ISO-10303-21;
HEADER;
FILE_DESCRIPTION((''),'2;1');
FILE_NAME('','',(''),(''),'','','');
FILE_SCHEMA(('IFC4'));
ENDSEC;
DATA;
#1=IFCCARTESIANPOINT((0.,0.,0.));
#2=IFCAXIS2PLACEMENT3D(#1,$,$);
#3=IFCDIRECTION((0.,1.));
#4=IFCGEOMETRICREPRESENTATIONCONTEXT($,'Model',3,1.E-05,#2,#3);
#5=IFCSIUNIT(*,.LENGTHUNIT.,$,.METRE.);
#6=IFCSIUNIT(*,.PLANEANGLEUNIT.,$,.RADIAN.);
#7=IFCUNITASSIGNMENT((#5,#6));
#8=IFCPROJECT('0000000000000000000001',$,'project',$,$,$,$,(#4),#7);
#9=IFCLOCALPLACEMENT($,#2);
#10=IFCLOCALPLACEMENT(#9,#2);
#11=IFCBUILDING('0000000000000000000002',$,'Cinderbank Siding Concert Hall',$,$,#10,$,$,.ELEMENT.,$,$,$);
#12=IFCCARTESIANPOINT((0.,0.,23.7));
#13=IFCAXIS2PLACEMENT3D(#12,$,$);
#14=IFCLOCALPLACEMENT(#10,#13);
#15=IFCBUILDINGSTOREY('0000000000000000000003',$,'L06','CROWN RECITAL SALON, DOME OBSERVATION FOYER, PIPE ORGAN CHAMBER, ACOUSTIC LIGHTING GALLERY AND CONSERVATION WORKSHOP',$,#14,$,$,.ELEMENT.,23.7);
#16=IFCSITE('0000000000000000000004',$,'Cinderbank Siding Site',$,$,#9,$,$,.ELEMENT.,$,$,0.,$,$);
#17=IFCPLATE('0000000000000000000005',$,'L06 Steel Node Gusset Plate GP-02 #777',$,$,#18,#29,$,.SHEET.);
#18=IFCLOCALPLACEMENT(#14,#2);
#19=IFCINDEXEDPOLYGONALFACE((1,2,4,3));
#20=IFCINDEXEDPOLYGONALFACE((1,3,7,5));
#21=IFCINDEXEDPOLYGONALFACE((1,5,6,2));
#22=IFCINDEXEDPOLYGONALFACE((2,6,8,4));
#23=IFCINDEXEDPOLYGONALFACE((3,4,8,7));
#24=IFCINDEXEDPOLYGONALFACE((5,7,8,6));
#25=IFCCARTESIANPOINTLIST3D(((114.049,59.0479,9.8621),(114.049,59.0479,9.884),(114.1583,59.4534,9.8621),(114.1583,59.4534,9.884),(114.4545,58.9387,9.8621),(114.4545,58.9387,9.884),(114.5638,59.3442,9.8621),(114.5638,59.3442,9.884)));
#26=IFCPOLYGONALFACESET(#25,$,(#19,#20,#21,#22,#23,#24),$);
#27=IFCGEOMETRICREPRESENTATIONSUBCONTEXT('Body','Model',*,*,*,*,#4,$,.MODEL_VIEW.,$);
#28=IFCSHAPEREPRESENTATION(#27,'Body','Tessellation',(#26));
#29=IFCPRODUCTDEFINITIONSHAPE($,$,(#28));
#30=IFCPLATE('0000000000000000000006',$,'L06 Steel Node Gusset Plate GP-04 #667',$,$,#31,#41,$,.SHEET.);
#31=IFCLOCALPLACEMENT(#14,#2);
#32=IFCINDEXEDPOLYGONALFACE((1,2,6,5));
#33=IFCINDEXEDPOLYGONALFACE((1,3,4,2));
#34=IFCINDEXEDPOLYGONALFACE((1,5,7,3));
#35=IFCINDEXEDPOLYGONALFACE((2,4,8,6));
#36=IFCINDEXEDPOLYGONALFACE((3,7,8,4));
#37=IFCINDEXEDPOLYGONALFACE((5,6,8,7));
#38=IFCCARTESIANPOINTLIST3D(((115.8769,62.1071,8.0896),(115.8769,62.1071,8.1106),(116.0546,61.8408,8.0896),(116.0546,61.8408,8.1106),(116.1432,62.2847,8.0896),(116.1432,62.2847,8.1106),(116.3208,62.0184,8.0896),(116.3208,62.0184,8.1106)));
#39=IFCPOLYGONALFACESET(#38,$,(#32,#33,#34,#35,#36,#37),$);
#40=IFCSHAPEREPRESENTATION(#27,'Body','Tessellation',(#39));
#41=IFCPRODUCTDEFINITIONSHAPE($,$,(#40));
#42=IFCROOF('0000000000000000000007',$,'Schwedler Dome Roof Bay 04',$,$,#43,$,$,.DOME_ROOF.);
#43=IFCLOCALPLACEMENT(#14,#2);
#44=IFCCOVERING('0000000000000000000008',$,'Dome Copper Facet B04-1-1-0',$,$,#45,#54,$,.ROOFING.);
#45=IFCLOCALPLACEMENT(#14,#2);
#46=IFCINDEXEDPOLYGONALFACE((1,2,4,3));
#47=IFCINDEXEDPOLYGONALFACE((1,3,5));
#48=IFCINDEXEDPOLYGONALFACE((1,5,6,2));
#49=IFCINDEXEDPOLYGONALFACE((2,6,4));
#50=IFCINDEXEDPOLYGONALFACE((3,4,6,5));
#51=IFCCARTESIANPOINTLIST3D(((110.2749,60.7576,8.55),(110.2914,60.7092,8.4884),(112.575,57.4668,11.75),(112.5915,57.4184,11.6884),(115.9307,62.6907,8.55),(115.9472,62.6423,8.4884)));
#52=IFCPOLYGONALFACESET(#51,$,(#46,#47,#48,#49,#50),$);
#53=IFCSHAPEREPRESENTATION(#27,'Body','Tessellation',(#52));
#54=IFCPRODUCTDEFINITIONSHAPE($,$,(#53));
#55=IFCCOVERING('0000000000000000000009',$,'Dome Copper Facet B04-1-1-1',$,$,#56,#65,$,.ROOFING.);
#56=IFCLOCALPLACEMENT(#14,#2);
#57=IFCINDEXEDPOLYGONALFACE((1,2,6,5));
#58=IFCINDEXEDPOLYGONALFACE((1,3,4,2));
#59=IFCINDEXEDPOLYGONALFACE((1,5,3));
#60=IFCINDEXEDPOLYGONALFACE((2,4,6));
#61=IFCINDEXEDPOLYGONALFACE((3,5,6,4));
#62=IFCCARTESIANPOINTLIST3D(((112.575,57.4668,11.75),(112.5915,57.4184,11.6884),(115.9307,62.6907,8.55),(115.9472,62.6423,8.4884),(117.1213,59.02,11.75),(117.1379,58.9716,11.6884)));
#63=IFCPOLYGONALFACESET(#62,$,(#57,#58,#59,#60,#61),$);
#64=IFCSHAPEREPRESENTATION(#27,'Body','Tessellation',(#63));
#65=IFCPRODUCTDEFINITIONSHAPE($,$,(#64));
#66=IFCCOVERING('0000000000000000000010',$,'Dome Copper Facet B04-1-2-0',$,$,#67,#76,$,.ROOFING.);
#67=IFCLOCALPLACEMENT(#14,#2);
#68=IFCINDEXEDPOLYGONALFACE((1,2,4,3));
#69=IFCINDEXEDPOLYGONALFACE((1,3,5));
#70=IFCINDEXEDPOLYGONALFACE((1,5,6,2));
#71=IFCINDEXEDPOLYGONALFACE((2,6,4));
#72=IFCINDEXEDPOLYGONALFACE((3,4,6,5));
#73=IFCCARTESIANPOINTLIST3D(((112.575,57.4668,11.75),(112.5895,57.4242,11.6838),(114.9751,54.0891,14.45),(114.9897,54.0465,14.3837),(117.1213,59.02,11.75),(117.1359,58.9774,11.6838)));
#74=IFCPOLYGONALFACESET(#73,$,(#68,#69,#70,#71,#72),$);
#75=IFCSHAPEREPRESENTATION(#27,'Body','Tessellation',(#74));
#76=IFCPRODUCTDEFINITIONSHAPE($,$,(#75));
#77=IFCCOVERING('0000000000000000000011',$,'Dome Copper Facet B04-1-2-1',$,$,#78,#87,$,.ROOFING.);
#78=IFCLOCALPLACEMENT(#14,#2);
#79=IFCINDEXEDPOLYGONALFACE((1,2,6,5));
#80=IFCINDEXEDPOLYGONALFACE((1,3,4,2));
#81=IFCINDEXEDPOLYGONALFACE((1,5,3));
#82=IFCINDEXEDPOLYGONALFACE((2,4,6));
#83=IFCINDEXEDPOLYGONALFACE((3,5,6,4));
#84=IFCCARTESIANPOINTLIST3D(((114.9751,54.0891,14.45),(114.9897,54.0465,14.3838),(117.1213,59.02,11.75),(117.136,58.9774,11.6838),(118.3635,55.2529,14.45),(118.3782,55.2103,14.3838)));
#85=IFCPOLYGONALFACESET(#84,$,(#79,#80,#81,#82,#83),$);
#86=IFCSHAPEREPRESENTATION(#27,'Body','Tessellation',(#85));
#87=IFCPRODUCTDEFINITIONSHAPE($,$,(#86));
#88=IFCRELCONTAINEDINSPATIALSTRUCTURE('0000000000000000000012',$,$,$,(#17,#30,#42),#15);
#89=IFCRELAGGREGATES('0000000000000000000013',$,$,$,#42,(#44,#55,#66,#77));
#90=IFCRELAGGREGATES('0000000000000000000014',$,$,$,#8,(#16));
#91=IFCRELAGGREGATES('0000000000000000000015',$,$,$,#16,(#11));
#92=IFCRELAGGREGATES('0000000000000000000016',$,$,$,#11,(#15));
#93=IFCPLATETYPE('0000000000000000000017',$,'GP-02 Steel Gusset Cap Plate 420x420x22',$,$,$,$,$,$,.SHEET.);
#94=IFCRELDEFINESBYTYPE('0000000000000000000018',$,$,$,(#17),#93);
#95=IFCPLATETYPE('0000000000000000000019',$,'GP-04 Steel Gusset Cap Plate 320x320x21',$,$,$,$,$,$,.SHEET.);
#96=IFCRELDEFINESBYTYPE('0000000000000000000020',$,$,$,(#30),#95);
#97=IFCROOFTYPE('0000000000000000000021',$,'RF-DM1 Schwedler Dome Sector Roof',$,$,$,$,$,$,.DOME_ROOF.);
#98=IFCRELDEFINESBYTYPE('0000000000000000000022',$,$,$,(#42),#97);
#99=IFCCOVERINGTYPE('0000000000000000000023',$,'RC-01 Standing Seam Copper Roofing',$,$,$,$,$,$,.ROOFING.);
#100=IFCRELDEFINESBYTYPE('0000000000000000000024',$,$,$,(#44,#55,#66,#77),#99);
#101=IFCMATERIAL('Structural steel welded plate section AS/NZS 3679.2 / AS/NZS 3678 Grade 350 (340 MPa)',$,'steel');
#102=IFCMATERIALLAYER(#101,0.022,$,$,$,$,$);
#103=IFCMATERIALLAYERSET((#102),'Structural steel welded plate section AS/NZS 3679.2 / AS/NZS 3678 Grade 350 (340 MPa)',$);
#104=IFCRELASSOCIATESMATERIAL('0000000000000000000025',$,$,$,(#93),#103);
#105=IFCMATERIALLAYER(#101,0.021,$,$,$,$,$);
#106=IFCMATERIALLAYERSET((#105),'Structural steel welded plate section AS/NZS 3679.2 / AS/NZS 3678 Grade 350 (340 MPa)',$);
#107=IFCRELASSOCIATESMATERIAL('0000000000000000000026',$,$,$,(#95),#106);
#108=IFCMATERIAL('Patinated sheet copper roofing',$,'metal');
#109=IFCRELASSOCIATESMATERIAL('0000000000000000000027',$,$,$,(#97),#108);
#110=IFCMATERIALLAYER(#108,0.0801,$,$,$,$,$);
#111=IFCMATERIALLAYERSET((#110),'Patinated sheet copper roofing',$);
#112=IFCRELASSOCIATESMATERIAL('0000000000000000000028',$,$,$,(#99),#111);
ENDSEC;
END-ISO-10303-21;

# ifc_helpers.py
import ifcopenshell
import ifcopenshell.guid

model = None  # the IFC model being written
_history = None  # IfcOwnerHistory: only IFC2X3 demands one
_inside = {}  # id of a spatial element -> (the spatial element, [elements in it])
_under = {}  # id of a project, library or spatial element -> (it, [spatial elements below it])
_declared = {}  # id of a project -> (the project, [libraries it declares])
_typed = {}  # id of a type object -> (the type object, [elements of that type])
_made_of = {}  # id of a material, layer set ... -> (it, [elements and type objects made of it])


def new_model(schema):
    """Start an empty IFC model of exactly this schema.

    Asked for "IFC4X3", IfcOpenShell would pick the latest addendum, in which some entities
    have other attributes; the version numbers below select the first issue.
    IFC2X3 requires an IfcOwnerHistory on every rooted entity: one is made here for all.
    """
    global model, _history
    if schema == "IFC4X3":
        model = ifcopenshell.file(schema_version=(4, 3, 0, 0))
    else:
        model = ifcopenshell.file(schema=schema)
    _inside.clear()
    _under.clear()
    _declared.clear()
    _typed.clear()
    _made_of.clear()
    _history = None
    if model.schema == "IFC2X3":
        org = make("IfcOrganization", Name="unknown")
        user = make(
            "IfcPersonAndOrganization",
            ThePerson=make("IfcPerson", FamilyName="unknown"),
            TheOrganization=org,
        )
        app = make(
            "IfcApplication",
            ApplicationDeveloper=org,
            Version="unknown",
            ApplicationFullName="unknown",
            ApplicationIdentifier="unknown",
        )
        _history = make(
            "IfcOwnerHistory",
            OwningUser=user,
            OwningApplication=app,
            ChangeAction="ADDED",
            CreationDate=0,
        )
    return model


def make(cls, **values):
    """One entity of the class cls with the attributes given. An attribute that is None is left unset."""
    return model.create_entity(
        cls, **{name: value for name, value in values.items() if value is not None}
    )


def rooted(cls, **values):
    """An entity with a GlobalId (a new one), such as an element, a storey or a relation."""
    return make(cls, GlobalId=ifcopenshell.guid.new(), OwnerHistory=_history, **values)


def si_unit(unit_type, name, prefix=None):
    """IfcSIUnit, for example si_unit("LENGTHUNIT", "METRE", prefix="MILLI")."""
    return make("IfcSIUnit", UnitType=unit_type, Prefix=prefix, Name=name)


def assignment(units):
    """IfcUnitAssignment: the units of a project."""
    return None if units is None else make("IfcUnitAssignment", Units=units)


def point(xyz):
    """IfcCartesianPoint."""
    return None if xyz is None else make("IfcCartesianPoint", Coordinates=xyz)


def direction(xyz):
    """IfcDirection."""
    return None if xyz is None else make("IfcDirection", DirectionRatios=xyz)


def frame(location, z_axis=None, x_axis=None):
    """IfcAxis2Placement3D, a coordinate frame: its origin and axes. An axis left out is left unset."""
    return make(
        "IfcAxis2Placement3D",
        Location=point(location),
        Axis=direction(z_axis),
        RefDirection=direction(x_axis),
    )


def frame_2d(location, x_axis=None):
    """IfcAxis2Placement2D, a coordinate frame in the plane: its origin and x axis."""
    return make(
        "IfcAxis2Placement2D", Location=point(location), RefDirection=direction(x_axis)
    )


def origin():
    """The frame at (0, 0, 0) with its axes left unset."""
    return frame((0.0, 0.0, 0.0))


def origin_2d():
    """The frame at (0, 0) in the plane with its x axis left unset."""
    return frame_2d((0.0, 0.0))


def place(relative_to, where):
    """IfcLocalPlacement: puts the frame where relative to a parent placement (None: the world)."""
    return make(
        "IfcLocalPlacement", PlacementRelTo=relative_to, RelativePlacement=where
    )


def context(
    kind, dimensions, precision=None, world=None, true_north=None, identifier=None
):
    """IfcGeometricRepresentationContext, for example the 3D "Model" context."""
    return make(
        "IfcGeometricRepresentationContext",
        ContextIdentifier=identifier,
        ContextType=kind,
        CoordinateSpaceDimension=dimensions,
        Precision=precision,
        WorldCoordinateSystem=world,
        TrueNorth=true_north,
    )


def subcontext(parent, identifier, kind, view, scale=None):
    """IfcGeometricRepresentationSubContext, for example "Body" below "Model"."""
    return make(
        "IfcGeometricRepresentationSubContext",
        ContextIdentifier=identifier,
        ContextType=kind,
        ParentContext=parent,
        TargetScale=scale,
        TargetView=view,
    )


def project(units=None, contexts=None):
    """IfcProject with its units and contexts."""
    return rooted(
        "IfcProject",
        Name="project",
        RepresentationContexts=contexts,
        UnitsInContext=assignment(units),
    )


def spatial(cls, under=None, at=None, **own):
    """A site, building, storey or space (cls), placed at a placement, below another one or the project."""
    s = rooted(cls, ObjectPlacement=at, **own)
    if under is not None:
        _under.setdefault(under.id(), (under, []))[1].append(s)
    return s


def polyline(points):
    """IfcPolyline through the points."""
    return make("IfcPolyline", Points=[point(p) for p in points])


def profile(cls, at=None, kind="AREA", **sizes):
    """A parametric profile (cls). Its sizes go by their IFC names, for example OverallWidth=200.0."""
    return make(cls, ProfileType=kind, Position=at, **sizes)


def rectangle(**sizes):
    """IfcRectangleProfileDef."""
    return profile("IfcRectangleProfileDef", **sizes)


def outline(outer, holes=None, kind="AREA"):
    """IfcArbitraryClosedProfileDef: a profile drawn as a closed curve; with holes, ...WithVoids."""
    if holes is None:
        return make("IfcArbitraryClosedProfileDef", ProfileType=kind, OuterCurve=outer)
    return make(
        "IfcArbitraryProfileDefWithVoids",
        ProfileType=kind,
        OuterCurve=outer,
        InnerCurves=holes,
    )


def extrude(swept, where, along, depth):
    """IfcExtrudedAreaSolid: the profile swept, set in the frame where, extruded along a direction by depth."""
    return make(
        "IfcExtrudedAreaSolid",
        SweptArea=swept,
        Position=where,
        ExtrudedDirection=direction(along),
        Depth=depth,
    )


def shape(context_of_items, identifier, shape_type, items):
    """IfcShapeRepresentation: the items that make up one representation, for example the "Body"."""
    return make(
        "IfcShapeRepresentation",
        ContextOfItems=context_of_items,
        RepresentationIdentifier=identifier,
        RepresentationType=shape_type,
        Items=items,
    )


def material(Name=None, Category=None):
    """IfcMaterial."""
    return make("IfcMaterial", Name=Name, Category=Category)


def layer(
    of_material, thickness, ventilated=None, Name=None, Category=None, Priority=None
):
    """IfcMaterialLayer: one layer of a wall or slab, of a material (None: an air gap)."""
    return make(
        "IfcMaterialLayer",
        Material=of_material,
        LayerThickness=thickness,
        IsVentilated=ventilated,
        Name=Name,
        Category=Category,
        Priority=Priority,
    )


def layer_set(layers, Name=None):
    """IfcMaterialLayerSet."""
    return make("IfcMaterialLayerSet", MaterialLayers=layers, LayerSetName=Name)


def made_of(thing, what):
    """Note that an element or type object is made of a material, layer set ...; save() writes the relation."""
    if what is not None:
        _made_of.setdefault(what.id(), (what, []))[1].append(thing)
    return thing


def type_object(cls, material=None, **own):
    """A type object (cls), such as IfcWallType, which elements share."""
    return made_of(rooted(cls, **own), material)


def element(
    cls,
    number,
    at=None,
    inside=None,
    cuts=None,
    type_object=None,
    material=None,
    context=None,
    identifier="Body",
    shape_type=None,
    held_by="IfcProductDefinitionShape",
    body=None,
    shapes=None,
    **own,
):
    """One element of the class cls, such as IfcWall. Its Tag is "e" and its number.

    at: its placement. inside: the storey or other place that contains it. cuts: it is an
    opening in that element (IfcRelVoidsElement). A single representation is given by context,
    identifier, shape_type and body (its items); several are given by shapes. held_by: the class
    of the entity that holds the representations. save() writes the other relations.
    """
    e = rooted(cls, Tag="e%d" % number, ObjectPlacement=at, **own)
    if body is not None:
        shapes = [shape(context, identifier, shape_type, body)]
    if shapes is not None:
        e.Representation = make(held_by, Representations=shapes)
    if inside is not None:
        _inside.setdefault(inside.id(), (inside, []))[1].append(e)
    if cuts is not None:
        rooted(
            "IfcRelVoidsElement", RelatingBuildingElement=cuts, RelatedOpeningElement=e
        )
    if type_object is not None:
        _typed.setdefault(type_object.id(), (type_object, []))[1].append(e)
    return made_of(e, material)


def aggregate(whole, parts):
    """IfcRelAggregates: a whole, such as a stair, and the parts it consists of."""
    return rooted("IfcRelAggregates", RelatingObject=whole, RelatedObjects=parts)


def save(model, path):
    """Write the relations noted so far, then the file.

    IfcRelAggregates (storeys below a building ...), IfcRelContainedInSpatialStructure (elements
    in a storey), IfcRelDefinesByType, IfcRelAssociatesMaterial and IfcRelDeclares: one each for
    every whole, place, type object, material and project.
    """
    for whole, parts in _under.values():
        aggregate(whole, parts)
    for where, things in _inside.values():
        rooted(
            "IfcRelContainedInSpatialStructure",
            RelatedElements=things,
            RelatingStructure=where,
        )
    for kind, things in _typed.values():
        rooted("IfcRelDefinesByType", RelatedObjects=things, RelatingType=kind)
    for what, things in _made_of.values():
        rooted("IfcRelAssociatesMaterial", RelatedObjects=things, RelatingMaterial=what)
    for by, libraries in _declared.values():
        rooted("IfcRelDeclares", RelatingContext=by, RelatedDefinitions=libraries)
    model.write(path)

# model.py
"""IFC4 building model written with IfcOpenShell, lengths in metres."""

from ifc_helpers import new_model, si_unit, direction, frame, origin, origin_2d, place, context, subcontext, project, spatial, polyline, rectangle, outline, extrude, material, layer, layer_set, type_object, element, aggregate, save


model = new_model("IFC4")

# Units and contexts
model_context = context("Model", 3, precision=1e-05, world=origin(), true_north=direction((0.0, 1.0)))
body_context = subcontext(model_context, "Body", "Model", "MODEL_VIEW")
ifc_project = project(units=[si_unit("LENGTHUNIT", "METRE"), si_unit("PLANEANGLEUNIT", "RADIAN")], contexts=[model_context])

# Site, building, storey
site_placement = place(None, origin())
site = spatial("IfcSite", under=ifc_project, at=site_placement, Name="Cinderbank Siding Site", CompositionType="ELEMENT", RefElevation=0.0)
building_placement = place(site_placement, origin())
building = spatial("IfcBuilding", under=site, at=building_placement, Name="Cinderbank Siding Concert Hall", CompositionType="ELEMENT")
storey_placement = place(building_placement, frame((0.0, 0.0, 23.7)))
storey = spatial("IfcBuildingStorey", under=building, at=storey_placement, Name="L06", Description="CROWN RECITAL SALON, DOME OBSERVATION FOYER, PIPE ORGAN CHAMBER, ACOUSTIC LIGHTING GALLERY AND CONSERVATION WORKSHOP", CompositionType="ELEMENT", Elevation=23.7)

# Shared definitions
ifc_material_1 = material(Name="Structural steel welded plate section AS/NZS 3679.2 / AS/NZS 3678 Grade 350 (340 MPa)", Category="steel")

# Plates
ifc_layer_1 = layer(ifc_material_1, 0.022)
ifc_layer_set_1 = layer_set([ifc_layer_1], Name="Structural steel welded plate section AS/NZS 3679.2 / AS/NZS 3678 Grade 350 (340 MPa)")
plate_type_1 = type_object("IfcPlateType", Name="GP-02 Steel Gusset Cap Plate 420x420x22", PredefinedType="SHEET", material=ifc_layer_set_1)
for number, where, z_axis, x_axis, name in (
    (1, (114.3064, 59.196, 9.8621), (0.0, 0.0, 1.0), (0.965564, -0.260167, 0.0), "L06 Steel Node Gusset Plate GP-02 #777"),
):
    element("IfcPlate", number, at=place(storey_placement, frame(where, z_axis=z_axis, x_axis=x_axis)), inside=storey, type_object=plate_type_1, Name=name, PredefinedType="SHEET", context=body_context, shape_type="SweptSolid", body=[
        extrude(rectangle(XDim=0.4199, YDim=0.4199, at=origin_2d()), origin(), (0.0, 0.0, 1.0), 0.022),
    ])
ifc_layer_2 = layer(ifc_material_1, 0.021)
ifc_layer_set_2 = layer_set([ifc_layer_2], Name="Structural steel welded plate section AS/NZS 3679.2 / AS/NZS 3678 Grade 350 (340 MPa)")
plate_type_2 = type_object("IfcPlateType", Name="GP-04 Steel Gusset Cap Plate 320x320x21", PredefinedType="SHEET", material=ifc_layer_set_2)
plate_1_placement = place(storey_placement, frame((116.0989, 62.0627, 8.0896), z_axis=(0.0, 0.0, 1.0), x_axis=(-0.831857, -0.55499, 0.0)))
element("IfcPlate", 2, at=plate_1_placement, inside=storey, type_object=plate_type_2, Name="L06 Steel Node Gusset Plate GP-04 #667", PredefinedType="SHEET", context=body_context, shape_type="SweptSolid", body=[
    extrude(rectangle(XDim=0.3201, YDim=0.3201, at=origin_2d()), origin(), (0.0, 0.0, 1.0), 0.021),
])

# Roof, coverings
ifc_material_2 = material(Name="Patinated sheet copper roofing", Category="metal")
roof_type = type_object("IfcRoofType", Name="RF-DM1 Schwedler Dome Sector Roof", PredefinedType="DOME_ROOF", material=ifc_material_2)
roof_placement = place(storey_placement, origin())
roof = element("IfcRoof", 3, at=roof_placement, inside=storey, type_object=roof_type, Name="Schwedler Dome Roof Bay 04", PredefinedType="DOME_ROOF")
ifc_layer_3 = layer(ifc_material_2, 0.0801)
ifc_layer_set_3 = layer_set([ifc_layer_3], Name="Patinated sheet copper roofing")
covering_type = type_object("IfcCoveringType", Name="RC-01 Standing Seam Copper Roofing", PredefinedType="ROOFING", material=ifc_layer_set_3)
covering_1_placement = place(storey_placement, frame((115.9307, 62.6907, 8.55), z_axis=(-0.206484, 0.604118, 0.769679), x_axis=(-0.946254, -0.323424, 0.0)))
covering_1 = element("IfcCovering", 4, at=covering_1_placement, type_object=covering_type, Name="Dome Copper Facet B04-1-1-0", PredefinedType="ROOFING", context=body_context, shape_type="SweptSolid", body=[
    extrude(outline(polyline([(0.0, 0.0), (5.977, 0.0), (4.8649, 5.0122), (0.0, 0.0)])), origin(), (0.0, 0.0, -1.0), 0.0801),
])
covering_2_placement = place(storey_placement, frame((115.9307, 62.6907, 8.55), z_axis=(-0.206379, 0.604084, 0.769734), x_axis=(-0.480421, -0.747877, 0.458121)))
covering_2 = element("IfcCovering", 5, at=covering_2_placement, type_object=covering_type, Name="Dome Copper Facet B04-1-1-1", PredefinedType="ROOFING", context=body_context, shape_type="SweptSolid", body=[
    extrude(outline(polyline([(0.0, 0.0), (6.9849, 0.0), (3.6391, 3.4479), (0.0, 0.0)])), origin(), (0.0, 0.0, -1.0), 0.0801),
])
covering_3_placement = place(storey_placement, frame((117.1213, 59.02, 11.75), z_axis=(-0.181736, 0.531955, 0.827041), x_axis=(-0.946299, -0.323293, 0.0)))
covering_3 = element("IfcCovering", 6, at=covering_3_placement, type_object=covering_type, Name="Dome Copper Facet B04-1-2-0", PredefinedType="ROOFING", context=body_context, shape_type="SweptSolid", body=[
    extrude(outline(polyline([(0.0, 0.0), (4.8044, 0.0), (3.6251, 4.803), (0.0, 0.0)])), origin(), (0.0, 0.0, -1.0), 0.0801),
])
covering_4_placement = place(storey_placement, frame((117.1213, 59.02, 11.75), z_axis=(-0.182794, 0.532201, 0.826649), x_axis=(-0.356668, -0.819432, 0.448685)))
covering_4 = element("IfcCovering", 7, at=covering_4_placement, type_object=covering_type, Name="Dome Copper Facet B04-1-2-1", PredefinedType="ROOFING", context=body_context, shape_type="SweptSolid", body=[
    extrude(outline(polyline([(0.0, 0.0), (6.0175, 0.0), (3.8553, 2.8567), (0.0, 0.0)])), origin(), (0.0, 0.0, -1.0), 0.0801),
])
aggregate(roof, [covering_1, covering_2, covering_3, covering_4])

save(model, "model.ifc")
